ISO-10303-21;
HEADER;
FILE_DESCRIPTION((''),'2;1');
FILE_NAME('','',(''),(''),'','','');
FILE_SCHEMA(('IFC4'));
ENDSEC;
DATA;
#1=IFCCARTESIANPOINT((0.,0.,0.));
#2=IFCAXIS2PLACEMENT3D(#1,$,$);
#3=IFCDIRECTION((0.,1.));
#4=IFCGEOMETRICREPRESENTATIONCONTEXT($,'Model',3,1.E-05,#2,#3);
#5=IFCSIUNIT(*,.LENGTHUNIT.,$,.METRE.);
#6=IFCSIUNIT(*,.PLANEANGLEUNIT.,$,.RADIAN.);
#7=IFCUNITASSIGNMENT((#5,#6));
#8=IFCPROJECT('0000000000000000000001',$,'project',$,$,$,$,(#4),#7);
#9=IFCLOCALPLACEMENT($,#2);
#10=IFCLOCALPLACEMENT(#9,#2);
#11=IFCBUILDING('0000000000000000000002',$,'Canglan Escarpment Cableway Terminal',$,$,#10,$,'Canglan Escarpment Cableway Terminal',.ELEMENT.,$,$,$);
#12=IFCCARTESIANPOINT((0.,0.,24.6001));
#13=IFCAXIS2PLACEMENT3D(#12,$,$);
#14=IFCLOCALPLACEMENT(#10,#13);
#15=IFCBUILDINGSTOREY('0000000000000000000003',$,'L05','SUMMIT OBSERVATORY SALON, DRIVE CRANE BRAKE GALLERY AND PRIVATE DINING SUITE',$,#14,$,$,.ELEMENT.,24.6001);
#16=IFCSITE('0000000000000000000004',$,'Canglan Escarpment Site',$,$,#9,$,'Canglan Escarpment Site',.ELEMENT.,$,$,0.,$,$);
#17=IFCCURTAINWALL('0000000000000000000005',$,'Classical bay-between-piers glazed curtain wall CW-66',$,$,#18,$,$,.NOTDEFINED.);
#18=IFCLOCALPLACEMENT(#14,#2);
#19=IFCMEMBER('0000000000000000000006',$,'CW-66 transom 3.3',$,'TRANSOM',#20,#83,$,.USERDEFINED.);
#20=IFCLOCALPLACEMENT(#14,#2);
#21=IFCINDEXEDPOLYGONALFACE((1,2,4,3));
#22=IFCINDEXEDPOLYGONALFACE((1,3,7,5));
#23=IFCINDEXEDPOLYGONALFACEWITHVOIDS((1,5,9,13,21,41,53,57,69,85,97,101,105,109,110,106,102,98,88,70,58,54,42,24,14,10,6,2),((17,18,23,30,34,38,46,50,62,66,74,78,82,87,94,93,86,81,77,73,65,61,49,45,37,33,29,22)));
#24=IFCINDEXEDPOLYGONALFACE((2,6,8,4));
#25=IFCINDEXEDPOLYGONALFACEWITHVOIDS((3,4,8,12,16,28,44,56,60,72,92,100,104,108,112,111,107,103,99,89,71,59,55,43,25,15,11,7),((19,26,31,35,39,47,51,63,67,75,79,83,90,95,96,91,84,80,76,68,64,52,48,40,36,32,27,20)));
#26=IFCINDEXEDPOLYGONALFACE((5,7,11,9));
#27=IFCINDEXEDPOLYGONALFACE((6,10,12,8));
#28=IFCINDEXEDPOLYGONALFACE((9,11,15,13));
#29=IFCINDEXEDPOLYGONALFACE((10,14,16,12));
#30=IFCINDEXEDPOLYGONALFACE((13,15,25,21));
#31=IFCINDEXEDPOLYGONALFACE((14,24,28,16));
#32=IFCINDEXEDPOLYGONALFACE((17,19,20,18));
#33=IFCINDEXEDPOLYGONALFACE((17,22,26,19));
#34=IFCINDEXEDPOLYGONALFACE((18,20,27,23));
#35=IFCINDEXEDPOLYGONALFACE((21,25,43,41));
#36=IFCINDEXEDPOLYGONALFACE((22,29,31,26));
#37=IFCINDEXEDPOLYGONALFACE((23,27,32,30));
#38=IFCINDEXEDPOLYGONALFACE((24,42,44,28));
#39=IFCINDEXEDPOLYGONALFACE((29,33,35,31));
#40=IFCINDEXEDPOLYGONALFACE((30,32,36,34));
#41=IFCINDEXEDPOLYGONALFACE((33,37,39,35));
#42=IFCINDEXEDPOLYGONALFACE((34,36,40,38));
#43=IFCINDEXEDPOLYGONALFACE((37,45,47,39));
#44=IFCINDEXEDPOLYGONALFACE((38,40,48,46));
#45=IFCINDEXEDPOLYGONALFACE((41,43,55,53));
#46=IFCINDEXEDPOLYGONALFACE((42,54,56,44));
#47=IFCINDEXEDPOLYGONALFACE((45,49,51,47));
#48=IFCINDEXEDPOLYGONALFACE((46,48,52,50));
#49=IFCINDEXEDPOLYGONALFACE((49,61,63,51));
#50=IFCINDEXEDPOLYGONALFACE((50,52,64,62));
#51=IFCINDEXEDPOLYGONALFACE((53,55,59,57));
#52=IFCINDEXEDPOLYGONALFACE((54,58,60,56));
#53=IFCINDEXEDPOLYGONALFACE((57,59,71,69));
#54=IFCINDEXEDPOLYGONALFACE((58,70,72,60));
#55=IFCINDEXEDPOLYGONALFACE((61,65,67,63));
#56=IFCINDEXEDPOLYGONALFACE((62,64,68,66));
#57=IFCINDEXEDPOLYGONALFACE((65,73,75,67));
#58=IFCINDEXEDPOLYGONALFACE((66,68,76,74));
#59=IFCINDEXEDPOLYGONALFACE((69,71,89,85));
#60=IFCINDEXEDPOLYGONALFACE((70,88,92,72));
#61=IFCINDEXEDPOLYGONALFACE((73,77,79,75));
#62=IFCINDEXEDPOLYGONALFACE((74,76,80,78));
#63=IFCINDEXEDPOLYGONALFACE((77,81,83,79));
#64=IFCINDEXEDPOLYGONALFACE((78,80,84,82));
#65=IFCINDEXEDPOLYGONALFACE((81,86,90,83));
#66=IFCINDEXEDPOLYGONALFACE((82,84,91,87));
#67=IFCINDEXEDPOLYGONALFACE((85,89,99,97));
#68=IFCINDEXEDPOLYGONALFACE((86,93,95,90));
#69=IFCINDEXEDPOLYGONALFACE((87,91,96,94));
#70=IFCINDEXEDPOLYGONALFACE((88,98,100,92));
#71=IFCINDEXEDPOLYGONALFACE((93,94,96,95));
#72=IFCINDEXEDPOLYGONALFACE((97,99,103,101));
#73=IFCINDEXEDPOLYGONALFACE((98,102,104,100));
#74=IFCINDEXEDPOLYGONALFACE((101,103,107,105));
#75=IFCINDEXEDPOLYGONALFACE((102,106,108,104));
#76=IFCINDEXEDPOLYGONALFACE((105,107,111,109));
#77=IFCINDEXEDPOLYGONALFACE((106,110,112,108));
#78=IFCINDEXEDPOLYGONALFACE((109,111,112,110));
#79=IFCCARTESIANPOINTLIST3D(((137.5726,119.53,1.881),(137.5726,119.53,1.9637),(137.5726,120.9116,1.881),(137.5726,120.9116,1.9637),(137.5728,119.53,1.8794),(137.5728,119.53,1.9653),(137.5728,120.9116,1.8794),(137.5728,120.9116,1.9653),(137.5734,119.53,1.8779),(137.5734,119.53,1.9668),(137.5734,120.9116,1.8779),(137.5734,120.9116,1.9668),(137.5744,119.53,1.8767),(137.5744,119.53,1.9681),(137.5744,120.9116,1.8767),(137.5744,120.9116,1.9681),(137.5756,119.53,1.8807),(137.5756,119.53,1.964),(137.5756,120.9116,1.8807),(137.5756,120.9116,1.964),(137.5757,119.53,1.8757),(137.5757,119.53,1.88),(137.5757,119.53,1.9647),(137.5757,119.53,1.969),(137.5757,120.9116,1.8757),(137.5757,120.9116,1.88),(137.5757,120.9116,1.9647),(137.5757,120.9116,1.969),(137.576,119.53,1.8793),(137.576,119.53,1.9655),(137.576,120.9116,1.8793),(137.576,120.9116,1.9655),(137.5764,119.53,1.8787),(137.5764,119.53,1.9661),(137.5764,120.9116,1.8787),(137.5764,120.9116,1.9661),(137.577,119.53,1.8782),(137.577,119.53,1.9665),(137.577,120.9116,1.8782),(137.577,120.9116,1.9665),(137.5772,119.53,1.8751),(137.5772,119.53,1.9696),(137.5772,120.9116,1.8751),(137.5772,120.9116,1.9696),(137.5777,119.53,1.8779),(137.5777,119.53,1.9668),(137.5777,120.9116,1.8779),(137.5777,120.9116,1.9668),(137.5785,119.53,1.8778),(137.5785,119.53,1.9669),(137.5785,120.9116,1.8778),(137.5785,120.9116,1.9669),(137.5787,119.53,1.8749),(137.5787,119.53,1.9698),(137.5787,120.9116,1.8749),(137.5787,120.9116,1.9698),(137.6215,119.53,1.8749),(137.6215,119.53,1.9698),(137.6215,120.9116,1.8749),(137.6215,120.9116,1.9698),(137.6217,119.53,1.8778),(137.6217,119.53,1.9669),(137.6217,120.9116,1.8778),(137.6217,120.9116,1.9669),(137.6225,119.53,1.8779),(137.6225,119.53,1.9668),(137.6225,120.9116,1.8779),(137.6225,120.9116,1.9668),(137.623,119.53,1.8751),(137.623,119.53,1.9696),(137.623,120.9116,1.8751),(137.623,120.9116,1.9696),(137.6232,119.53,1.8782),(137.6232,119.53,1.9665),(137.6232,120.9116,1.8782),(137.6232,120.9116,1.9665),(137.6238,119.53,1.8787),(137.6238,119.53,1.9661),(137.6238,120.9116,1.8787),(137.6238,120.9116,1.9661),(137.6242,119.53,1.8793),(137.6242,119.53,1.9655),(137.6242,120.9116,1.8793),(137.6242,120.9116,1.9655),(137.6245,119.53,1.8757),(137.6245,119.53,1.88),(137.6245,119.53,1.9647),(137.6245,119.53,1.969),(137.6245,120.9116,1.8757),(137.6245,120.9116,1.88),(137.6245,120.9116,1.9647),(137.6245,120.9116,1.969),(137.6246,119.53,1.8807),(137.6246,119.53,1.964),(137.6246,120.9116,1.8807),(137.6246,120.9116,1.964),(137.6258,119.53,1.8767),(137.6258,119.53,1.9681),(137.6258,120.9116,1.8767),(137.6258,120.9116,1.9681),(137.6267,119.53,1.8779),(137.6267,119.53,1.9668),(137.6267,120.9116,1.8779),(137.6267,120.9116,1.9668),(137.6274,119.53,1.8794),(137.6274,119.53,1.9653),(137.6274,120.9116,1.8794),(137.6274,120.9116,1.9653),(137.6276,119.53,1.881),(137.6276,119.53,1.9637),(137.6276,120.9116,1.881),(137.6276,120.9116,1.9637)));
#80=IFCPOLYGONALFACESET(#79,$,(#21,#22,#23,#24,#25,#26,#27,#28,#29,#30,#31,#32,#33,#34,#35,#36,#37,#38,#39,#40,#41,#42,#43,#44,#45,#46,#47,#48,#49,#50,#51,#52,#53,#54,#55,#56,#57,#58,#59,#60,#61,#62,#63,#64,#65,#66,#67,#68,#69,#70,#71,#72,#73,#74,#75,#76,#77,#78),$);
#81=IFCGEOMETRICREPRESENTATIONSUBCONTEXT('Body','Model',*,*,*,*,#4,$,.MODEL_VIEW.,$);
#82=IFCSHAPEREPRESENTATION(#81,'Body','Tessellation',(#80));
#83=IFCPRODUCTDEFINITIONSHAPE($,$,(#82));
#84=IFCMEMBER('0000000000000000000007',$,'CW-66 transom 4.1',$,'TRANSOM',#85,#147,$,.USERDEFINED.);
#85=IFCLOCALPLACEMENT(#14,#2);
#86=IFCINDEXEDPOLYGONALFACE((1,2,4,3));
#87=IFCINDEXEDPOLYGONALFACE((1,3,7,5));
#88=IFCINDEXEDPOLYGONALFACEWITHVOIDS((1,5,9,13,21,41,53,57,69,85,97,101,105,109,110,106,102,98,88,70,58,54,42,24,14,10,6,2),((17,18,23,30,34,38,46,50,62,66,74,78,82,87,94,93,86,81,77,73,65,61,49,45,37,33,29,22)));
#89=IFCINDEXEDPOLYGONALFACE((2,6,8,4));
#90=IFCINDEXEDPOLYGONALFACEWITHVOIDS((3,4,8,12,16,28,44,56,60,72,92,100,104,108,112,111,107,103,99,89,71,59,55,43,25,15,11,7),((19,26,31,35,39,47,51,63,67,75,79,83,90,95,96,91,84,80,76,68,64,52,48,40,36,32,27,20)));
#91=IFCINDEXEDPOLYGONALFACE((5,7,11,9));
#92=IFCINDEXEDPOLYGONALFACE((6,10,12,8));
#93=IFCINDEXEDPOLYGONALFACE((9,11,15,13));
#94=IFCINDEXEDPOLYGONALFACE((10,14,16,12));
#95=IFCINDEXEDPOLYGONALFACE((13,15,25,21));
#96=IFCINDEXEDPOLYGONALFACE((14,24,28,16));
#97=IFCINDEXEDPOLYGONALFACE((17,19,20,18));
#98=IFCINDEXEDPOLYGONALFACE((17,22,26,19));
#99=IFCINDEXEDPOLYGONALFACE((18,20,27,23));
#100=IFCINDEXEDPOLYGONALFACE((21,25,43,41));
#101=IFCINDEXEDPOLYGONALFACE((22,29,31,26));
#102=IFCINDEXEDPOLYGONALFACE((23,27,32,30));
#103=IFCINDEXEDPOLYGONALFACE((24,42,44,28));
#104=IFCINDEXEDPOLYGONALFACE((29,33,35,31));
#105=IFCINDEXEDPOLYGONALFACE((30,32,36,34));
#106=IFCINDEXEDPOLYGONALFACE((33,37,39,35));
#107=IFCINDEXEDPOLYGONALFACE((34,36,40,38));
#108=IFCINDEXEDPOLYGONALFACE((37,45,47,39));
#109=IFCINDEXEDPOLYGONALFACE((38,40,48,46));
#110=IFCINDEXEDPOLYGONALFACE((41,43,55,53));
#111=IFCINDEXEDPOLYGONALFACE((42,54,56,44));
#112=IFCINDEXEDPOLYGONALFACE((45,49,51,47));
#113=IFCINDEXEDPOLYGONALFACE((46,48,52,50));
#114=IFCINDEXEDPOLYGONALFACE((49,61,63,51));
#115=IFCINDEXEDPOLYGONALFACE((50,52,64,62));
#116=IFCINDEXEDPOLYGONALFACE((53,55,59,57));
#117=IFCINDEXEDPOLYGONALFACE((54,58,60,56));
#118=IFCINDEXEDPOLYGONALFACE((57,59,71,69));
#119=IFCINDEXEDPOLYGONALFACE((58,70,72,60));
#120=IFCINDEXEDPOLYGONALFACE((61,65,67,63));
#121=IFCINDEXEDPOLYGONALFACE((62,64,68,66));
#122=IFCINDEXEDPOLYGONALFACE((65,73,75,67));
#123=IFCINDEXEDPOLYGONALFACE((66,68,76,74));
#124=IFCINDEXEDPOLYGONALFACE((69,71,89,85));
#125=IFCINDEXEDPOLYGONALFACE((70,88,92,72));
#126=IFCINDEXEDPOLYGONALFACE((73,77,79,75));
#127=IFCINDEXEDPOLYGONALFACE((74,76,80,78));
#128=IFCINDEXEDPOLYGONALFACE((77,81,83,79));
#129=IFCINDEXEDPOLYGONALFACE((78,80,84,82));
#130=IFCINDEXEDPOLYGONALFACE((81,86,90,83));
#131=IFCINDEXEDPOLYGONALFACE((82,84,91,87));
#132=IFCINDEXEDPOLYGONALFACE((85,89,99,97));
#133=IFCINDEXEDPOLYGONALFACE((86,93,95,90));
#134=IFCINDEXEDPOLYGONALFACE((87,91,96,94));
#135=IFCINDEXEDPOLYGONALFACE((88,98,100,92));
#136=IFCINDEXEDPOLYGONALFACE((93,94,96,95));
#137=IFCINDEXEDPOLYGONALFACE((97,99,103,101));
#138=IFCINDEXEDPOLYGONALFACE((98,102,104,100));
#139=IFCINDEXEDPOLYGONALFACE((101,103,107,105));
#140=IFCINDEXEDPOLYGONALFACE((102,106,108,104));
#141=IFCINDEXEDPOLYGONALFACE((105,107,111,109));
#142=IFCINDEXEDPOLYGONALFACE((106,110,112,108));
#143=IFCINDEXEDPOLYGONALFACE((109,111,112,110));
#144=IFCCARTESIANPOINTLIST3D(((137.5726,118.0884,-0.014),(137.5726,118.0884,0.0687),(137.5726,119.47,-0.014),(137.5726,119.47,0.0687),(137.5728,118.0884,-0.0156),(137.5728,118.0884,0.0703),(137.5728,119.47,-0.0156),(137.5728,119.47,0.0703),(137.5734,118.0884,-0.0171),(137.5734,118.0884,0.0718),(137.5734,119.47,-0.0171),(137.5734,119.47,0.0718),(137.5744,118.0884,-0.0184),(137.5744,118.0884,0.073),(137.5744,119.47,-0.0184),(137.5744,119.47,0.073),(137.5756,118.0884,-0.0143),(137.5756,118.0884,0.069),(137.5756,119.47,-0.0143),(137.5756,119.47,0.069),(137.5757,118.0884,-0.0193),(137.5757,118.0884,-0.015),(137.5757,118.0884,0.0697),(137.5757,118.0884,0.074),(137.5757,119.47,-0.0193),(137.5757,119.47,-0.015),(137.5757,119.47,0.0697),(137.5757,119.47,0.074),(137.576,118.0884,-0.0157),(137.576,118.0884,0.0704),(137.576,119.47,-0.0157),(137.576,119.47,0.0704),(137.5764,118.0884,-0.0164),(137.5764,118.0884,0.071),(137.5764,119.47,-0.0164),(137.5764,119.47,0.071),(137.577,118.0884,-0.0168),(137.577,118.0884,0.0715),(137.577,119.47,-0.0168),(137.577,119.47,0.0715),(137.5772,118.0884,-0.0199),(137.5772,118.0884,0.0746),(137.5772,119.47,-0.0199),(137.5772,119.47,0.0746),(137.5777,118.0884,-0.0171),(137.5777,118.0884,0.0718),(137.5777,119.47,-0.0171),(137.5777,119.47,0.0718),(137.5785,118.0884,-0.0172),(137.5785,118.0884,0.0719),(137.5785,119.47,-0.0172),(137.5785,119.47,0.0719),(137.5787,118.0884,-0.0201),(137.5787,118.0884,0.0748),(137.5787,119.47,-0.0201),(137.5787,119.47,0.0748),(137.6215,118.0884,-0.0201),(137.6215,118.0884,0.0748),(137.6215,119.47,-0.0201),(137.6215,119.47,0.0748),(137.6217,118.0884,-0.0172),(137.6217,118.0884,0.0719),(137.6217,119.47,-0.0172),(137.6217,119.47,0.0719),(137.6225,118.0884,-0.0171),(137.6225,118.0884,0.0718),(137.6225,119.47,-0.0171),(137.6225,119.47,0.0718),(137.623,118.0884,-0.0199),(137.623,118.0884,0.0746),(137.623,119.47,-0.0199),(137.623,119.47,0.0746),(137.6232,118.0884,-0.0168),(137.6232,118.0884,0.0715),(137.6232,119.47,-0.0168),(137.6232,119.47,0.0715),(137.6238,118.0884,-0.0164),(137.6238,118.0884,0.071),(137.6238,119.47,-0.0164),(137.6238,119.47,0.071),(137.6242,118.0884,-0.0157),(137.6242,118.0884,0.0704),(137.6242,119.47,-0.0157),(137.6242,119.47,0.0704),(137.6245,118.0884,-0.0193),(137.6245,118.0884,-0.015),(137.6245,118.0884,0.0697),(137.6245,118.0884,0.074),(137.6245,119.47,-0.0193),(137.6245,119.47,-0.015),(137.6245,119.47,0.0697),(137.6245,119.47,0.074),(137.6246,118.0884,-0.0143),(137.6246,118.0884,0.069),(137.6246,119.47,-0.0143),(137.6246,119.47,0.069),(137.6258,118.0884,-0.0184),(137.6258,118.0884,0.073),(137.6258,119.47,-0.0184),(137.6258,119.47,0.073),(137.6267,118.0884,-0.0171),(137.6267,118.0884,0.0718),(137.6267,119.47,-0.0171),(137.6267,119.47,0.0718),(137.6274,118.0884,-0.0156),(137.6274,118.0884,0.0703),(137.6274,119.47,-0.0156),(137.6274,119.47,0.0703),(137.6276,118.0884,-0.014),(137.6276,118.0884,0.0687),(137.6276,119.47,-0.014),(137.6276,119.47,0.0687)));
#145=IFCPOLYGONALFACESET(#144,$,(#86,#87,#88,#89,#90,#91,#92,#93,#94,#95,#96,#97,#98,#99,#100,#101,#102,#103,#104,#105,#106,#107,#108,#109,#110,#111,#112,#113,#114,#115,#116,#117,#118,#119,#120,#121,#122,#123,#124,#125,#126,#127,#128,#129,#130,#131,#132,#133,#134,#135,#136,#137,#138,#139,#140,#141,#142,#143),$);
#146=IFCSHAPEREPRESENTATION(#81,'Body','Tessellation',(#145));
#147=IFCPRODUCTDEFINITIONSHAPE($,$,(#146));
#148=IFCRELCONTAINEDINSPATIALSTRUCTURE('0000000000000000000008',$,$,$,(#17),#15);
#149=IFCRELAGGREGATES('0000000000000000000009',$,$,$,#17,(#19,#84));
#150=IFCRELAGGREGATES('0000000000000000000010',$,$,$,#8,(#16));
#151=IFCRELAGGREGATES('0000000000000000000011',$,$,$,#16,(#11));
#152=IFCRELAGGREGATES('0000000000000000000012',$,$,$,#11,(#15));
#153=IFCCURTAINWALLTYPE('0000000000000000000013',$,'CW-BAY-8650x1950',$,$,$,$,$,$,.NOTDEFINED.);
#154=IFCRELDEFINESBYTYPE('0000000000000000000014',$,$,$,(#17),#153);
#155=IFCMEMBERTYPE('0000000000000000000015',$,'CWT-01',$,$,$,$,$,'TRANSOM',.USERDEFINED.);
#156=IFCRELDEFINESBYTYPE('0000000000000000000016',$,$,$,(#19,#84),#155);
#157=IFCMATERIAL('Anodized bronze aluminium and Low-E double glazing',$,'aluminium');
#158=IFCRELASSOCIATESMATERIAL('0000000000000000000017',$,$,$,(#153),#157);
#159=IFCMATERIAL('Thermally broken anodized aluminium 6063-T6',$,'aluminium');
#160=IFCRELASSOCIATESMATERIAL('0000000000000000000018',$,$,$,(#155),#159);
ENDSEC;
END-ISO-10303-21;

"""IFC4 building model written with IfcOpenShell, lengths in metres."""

from ifc_helpers import new_model, si_unit, direction, frame, origin, origin_2d, place, context, subcontext, project, spatial, hollow_rectangle, extrude, material, material_profile, profile_set, type_object, element, aggregate, save


model = new_model("IFC4")

# Units and contexts
model_context = context("Model", 3, precision=1e-05, world=origin(), true_north=direction((0.0, 1.0)))
body_context = subcontext(model_context, "Body", "Model", "MODEL_VIEW")
ifc_project = project(units=[si_unit("LENGTHUNIT", "METRE"), si_unit("PLANEANGLEUNIT", "RADIAN")], contexts=[model_context])

# Site, building, storey
site_placement = place(None, origin())
site = spatial("IfcSite", under=ifc_project, at=site_placement, Name="Canglan Escarpment Site", LongName="Canglan Escarpment Site", CompositionType="ELEMENT", RefElevation=0.0)
building_placement = place(site_placement, origin())
building = spatial("IfcBuilding", under=site, at=building_placement, Name="Canglan Escarpment Cableway Terminal", LongName="Canglan Escarpment Cableway Terminal", CompositionType="ELEMENT")
storey_placement = place(building_placement, frame((0.0, 0.0, 24.6001)))
storey = spatial("IfcBuildingStorey", under=building, at=storey_placement, Name="L05", Description="SUMMIT OBSERVATORY SALON, DRIVE CRANE BRAKE GALLERY AND PRIVATE DINING SUITE", CompositionType="ELEMENT", Elevation=24.6001)

# Curtain wall
ifc_material_1 = material(Name="Anodized bronze aluminium and Low-E double glazing", Category="aluminium")
curtain_wall_type = type_object("IfcCurtainWallType", Name="CW-BAY-8650x1950", PredefinedType="NOTDEFINED", material=ifc_material_1)
curtain_wall_1_placement = place(storey_placement, origin())
curtain_wall_1 = element("IfcCurtainWall", 1, at=curtain_wall_1_placement, inside=storey, type_object=curtain_wall_type, Name="Classical bay-between-piers glazed curtain wall CW-66", PredefinedType="NOTDEFINED")
ifc_material_2 = material(Name="Thermally broken anodized aluminium 6063-T6", Category="aluminium")

# Members
ifc_material_profile_1 = material_profile(ifc_material_2, hollow_rectangle(XDim=0.0549, YDim=0.095, WallThickness=0.0029, InnerFilletRadius=0.0029, OuterFilletRadius=0.0061, at=origin_2d()), Name="ALU-TRAN 55x95x3")
ifc_profile_set_1 = profile_set([ifc_material_profile_1], Name="Thermally broken anodized aluminium 6063-T6")
member_type_1 = type_object("IfcMemberType", Name="CWT-01", ElementType="TRANSOM", PredefinedType="USERDEFINED", material=ifc_profile_set_1)
member_1_placement = place(storey_placement, frame((137.6001, 120.9116, 1.9224), z_axis=(0.0, -1.0, 0.0), x_axis=(1.0, 0.0, 0.0)))
member_1 = element("IfcMember", 2, at=member_1_placement, type_object=member_type_1, Name="CW-66 transom 3.3", ObjectType="TRANSOM", PredefinedType="USERDEFINED", context=body_context, shape_type="SweptSolid", body=[
    extrude(hollow_rectangle(XDim=0.0549, YDim=0.095, WallThickness=0.0029, InnerFilletRadius=0.0029, OuterFilletRadius=0.0061, at=origin_2d()), origin(), (0.0, 0.0, 1.0), 1.3816),
])
member_2_placement = place(storey_placement, frame((137.6001, 119.47, 0.0273), z_axis=(0.0, -1.0, 0.0), x_axis=(1.0, 0.0, 0.0)))
member_2 = element("IfcMember", 3, at=member_2_placement, type_object=member_type_1, Name="CW-66 transom 4.1", ObjectType="TRANSOM", PredefinedType="USERDEFINED", context=body_context, shape_type="SweptSolid", body=[
    extrude(hollow_rectangle(XDim=0.0549, YDim=0.095, WallThickness=0.0029, InnerFilletRadius=0.0029, OuterFilletRadius=0.0061, at=origin_2d()), origin(), (0.0, 0.0, 1.0), 1.3816),
])

aggregate(curtain_wall_1, [member_1, member_2])

save(model, "model.ifc")
